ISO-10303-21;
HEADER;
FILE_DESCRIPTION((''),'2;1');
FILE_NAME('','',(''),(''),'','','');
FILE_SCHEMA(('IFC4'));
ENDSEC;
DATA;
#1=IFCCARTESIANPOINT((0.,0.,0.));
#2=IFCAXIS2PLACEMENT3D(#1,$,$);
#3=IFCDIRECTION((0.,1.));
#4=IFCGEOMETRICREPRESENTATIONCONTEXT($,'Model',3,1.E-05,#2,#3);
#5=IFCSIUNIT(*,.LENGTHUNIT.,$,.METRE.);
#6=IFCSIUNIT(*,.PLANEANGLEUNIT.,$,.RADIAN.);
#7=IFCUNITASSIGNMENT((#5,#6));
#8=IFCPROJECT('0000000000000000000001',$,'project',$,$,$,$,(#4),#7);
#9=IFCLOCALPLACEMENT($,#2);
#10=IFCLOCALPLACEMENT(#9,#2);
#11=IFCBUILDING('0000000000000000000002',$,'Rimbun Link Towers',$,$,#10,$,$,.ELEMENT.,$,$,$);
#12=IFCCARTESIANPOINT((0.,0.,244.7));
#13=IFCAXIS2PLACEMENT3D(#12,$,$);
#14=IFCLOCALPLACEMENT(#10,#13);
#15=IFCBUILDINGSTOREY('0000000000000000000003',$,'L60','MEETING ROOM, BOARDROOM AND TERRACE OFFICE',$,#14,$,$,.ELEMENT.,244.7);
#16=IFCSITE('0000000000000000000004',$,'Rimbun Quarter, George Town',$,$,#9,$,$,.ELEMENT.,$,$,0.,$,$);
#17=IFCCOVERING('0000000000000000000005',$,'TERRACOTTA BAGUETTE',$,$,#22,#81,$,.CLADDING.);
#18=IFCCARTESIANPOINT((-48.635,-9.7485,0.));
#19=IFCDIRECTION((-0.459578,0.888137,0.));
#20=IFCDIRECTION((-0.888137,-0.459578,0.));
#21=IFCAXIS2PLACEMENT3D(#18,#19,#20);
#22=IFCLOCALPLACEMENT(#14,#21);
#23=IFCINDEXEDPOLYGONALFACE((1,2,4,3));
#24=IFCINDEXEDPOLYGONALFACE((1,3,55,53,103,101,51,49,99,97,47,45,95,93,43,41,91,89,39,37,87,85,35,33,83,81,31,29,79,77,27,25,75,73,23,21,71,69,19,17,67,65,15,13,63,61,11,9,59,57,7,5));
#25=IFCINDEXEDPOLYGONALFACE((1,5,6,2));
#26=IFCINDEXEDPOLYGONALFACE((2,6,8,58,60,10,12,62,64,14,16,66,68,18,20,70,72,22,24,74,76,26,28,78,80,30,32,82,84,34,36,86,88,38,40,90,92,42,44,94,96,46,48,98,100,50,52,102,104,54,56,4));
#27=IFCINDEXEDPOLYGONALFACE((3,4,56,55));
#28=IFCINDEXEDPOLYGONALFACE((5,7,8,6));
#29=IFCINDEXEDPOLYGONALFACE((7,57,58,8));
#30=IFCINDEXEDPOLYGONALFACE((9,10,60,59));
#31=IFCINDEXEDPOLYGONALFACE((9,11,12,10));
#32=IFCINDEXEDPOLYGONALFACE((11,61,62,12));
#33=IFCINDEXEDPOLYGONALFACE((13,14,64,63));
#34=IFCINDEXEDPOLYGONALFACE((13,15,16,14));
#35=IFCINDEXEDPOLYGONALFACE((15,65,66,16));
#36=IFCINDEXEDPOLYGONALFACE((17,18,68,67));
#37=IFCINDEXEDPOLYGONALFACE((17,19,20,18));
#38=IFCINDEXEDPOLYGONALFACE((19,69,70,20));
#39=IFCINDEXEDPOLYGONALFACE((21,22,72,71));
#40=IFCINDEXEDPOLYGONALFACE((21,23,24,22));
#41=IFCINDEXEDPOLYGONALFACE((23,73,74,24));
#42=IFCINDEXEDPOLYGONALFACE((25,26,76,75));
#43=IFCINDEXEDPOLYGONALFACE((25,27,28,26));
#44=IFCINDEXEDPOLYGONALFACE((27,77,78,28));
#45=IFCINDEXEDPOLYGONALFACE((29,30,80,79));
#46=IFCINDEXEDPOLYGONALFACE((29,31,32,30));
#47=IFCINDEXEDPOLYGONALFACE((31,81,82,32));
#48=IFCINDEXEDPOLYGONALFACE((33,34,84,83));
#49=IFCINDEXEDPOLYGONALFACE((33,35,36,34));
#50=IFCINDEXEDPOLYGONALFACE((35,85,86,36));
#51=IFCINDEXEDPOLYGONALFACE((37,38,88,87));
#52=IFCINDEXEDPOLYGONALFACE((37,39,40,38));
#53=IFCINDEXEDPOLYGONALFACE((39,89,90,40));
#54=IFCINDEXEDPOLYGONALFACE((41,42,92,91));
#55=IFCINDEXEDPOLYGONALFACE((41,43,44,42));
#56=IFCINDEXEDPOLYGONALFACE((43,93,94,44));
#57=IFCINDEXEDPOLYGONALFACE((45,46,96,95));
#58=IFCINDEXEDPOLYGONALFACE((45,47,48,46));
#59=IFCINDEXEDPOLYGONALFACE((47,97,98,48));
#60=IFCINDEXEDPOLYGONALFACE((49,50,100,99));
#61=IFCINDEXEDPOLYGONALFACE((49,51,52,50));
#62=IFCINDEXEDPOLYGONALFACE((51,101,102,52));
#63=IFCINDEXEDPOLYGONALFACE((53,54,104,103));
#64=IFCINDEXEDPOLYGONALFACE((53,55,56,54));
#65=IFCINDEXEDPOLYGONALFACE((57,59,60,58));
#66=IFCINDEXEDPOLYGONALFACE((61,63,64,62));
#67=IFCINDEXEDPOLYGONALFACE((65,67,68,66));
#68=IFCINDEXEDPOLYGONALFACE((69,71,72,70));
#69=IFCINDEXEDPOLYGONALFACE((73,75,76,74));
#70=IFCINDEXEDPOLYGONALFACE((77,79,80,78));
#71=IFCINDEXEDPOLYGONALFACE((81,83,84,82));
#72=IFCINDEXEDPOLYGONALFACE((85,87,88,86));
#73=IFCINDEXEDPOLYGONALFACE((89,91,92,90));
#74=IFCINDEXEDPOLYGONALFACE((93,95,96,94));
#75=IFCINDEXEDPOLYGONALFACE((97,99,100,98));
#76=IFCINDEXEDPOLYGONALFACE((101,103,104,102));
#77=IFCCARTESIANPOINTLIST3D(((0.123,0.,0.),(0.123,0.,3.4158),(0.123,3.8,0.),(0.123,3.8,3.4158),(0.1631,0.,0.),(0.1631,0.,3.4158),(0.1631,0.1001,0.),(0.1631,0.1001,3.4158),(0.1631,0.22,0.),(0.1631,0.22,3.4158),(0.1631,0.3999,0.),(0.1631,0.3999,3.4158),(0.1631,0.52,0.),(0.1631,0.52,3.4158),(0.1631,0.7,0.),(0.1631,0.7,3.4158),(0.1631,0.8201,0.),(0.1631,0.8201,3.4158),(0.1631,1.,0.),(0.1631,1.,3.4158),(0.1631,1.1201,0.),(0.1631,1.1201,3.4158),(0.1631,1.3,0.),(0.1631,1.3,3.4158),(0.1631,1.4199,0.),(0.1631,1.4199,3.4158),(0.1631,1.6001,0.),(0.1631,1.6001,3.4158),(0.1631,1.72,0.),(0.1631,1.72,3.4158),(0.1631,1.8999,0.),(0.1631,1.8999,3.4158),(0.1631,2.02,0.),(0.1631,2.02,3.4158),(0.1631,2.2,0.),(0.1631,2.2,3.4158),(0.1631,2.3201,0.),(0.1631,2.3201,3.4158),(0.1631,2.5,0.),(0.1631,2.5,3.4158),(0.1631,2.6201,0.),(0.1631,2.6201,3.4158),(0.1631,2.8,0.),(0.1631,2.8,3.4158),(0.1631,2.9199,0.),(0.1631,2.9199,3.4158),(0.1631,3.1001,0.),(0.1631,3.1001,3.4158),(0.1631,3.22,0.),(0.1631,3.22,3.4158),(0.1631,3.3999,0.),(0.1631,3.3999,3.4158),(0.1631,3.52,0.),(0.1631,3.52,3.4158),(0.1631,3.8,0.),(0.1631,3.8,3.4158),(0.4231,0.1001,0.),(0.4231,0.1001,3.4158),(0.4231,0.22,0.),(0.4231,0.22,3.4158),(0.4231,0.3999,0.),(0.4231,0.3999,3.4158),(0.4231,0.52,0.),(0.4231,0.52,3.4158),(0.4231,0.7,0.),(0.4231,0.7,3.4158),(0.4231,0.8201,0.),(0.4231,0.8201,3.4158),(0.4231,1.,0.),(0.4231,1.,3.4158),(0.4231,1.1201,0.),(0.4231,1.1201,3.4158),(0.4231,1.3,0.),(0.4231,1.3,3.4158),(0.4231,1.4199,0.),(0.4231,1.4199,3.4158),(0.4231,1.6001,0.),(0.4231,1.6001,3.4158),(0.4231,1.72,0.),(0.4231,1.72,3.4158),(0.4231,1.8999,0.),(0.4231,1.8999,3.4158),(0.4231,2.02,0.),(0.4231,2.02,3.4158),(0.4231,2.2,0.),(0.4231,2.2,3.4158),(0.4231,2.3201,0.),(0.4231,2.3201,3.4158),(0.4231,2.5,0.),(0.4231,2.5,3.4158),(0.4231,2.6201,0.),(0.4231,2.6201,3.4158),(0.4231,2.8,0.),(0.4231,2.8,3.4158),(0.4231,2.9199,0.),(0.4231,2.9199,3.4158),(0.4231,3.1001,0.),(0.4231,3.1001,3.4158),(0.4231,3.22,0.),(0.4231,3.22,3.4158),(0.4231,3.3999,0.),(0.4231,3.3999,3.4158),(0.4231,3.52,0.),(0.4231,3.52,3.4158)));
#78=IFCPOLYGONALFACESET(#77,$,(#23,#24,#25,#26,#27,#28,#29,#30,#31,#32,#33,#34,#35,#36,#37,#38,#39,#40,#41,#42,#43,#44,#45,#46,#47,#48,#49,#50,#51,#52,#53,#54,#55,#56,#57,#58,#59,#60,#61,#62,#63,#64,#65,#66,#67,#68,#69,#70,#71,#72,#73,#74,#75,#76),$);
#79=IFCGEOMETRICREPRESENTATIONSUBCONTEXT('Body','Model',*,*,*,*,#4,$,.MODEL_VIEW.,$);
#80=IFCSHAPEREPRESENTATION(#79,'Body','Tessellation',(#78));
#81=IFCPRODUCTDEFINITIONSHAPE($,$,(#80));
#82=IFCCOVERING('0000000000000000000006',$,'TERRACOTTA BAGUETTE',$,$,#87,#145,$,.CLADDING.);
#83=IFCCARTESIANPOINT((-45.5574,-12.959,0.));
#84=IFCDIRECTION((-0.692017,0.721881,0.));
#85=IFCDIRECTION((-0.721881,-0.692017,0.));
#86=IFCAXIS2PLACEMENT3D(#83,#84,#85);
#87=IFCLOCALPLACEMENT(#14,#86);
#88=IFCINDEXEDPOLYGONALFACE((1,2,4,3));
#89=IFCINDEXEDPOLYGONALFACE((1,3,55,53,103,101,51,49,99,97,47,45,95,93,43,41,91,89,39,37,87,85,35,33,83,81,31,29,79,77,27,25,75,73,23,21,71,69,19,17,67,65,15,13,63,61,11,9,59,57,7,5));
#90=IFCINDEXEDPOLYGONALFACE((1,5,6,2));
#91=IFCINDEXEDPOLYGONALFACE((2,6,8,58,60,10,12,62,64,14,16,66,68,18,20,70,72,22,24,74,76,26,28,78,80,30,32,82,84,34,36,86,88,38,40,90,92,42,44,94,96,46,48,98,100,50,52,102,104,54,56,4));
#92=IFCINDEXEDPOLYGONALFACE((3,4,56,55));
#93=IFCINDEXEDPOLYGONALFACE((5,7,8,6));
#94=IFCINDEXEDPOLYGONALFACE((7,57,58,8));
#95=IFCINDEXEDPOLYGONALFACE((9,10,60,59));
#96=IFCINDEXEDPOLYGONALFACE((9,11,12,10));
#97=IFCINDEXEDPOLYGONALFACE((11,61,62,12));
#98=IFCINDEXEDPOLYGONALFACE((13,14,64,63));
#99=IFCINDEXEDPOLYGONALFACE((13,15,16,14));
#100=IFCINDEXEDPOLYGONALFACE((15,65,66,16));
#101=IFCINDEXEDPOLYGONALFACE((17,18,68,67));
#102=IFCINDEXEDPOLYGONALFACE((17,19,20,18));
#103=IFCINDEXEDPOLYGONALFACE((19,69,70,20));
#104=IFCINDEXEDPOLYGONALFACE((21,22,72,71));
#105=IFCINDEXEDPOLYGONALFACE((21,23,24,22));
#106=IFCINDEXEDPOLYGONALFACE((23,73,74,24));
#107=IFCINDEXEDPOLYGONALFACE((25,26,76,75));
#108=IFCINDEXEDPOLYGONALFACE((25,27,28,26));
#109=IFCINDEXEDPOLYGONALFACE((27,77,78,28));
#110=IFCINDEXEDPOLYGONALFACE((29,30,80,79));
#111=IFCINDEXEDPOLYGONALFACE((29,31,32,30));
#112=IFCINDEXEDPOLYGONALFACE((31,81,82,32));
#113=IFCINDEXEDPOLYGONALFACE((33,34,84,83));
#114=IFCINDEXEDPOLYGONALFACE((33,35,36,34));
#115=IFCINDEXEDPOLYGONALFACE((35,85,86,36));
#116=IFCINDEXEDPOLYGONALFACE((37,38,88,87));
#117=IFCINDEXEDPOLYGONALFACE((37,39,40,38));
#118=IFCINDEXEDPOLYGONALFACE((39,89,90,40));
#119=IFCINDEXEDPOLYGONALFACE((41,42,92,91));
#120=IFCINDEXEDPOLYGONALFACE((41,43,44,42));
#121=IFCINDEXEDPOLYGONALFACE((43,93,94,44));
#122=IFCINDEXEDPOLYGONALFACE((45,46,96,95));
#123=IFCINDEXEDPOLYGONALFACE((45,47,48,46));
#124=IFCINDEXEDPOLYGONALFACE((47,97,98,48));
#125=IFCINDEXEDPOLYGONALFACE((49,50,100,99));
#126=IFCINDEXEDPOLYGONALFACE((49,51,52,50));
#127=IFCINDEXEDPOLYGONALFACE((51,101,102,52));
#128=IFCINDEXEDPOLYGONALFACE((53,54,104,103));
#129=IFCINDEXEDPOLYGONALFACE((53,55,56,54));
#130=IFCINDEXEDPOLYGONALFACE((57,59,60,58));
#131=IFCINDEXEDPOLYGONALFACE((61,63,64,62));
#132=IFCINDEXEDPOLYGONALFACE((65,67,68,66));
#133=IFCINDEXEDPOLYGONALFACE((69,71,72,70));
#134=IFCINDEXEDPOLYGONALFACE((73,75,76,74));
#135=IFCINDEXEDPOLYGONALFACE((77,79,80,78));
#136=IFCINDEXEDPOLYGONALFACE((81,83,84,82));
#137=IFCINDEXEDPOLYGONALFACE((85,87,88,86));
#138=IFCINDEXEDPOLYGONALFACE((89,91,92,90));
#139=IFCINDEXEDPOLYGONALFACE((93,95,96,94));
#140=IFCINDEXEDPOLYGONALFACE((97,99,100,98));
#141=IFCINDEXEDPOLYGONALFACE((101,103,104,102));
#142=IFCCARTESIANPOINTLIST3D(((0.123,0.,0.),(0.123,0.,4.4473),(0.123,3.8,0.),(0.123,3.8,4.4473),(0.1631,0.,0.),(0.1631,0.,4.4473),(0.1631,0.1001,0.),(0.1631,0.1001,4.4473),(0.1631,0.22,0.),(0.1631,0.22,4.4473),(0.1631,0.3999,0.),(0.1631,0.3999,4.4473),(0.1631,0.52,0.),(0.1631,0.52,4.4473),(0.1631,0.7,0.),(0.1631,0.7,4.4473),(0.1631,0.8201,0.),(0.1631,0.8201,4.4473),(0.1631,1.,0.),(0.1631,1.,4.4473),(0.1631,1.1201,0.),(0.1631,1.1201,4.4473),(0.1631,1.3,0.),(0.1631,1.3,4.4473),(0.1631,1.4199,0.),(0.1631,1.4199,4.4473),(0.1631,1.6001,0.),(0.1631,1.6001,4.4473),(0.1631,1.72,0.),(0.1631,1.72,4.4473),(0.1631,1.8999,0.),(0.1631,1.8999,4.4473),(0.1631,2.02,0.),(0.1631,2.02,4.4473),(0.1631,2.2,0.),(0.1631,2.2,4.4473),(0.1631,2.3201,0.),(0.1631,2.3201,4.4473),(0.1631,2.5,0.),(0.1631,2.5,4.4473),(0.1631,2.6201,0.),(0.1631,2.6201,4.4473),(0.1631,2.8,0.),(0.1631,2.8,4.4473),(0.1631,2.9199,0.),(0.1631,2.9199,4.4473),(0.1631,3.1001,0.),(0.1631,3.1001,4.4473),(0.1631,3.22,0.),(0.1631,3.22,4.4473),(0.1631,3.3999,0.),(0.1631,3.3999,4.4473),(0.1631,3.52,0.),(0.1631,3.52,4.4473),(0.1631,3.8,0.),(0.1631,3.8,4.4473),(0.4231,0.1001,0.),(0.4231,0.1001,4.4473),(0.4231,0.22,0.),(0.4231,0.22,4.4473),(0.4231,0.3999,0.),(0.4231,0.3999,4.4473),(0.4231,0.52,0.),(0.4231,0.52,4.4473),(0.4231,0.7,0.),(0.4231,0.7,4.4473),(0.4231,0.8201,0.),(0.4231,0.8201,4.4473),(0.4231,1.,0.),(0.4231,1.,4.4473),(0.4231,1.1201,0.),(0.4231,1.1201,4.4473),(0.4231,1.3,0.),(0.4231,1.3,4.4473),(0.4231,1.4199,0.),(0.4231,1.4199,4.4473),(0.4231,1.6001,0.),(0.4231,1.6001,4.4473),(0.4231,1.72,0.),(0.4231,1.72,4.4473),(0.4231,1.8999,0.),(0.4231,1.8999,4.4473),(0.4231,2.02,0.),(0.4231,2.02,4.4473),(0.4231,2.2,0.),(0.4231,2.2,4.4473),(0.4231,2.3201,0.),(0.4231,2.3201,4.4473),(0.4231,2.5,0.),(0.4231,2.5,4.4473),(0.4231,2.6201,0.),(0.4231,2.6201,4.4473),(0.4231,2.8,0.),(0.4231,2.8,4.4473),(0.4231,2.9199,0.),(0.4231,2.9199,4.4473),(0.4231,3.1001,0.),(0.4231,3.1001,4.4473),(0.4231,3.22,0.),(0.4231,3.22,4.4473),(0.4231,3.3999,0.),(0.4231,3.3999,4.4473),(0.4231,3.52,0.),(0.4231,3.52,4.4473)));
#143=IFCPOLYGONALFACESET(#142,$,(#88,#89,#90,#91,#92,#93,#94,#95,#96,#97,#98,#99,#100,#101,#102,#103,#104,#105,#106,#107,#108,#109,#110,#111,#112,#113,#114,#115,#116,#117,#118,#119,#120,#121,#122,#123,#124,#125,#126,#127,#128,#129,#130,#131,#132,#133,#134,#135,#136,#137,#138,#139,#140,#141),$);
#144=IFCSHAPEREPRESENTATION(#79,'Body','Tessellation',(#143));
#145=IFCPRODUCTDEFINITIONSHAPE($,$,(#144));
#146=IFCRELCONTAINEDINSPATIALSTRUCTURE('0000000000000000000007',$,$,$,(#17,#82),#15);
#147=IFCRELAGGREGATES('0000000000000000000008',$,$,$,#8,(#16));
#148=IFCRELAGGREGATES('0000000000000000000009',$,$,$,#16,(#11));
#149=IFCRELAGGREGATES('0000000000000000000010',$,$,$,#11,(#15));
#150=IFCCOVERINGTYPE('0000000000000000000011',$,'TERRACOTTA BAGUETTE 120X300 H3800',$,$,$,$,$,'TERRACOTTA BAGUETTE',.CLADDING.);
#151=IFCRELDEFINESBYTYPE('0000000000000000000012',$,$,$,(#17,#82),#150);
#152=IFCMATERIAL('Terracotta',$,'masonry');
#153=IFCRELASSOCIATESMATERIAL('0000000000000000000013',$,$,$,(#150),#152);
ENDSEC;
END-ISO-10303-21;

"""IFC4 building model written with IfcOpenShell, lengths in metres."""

from ifc_helpers import new_model, si_unit, direction, frame, origin, place, context, subcontext, project, spatial, polyline, outline, extrude, material, material_profile, profile_set, type_object, element, save


model = new_model("IFC4")

# Units and contexts
model_context = context("Model", 3, precision=1e-05, world=origin(), true_north=direction((0.0, 1.0)))
body_context = subcontext(model_context, "Body", "Model", "MODEL_VIEW")
ifc_project = project(units=[si_unit("LENGTHUNIT", "METRE"), si_unit("PLANEANGLEUNIT", "RADIAN")], contexts=[model_context])

# Site, building, storey
site_placement = place(None, origin())
site = spatial("IfcSite", under=ifc_project, at=site_placement, Name="Rimbun Quarter, George Town", CompositionType="ELEMENT", RefElevation=0.0)
building_placement = place(site_placement, origin())
building = spatial("IfcBuilding", under=site, at=building_placement, Name="Rimbun Link Towers", CompositionType="ELEMENT")
storey_placement = place(building_placement, frame((0.0, 0.0, 244.7)))
storey = spatial("IfcBuildingStorey", under=building, at=storey_placement, Name="L60", Description="MEETING ROOM, BOARDROOM AND TERRACE OFFICE", CompositionType="ELEMENT", Elevation=244.7)

# Coverings
ifc_material_1 = material(Name="Terracotta", Category="masonry")
ifc_material_profile_1 = material_profile(ifc_material_1, outline(polyline([(0.123, 0.0), (0.1631, 0.0), (0.1631, 0.1001), (0.4231, 0.1001), (0.4231, 0.22), (0.1631, 0.22), (0.1631, 0.3999), (0.4231, 0.3999), (0.4231, 0.52), (0.1631, 0.52), (0.1631, 0.7), (0.4231, 0.7), (0.4231, 0.8201), (0.1631, 0.8201), (0.1631, 1.0), (0.4231, 1.0), (0.4231, 1.1201), (0.1631, 1.1201), (0.1631, 1.3), (0.4231, 1.3), (0.4231, 1.4199), (0.1631, 1.4199), (0.1631, 1.6001), (0.4231, 1.6001), (0.4231, 1.72), (0.1631, 1.72), (0.1631, 1.8999), (0.4231, 1.8999), (0.4231, 2.02), (0.1631, 2.02), (0.1631, 2.2), (0.4231, 2.2), (0.4231, 2.3201), (0.1631, 2.3201), (0.1631, 2.5), (0.4231, 2.5), (0.4231, 2.6201), (0.1631, 2.6201), (0.1631, 2.8), (0.4231, 2.8), (0.4231, 2.9199), (0.1631, 2.9199), (0.1631, 3.1001), (0.4231, 3.1001), (0.4231, 3.22), (0.1631, 3.22), (0.1631, 3.3999), (0.4231, 3.3999), (0.4231, 3.52), (0.1631, 3.52), (0.1631, 3.8), (0.123, 3.8), (0.123, 0.0)])), Name="BAGUETTE 120X300")
ifc_profile_set_1 = profile_set([ifc_material_profile_1], Name="Terracotta")
covering_type = type_object("IfcCoveringType", Name="TERRACOTTA BAGUETTE 120X300 H3800", ElementType="TERRACOTTA BAGUETTE", PredefinedType="CLADDING", material=ifc_profile_set_1)
covering_1_placement = place(storey_placement, frame((-48.635, -9.7485, 0.0), z_axis=(-0.459578, 0.888137, 0.0), x_axis=(-0.888137, -0.459578, 0.0)))
element("IfcCovering", 1, at=covering_1_placement, inside=storey, type_object=covering_type, Name="TERRACOTTA BAGUETTE", PredefinedType="CLADDING", context=body_context, shape_type="SweptSolid", body=[
    extrude(outline(polyline([(0.123, 0.0), (0.1631, 0.0), (0.1631, 0.1001), (0.4231, 0.1001), (0.4231, 0.22), (0.1631, 0.22), (0.1631, 0.3999), (0.4231, 0.3999), (0.4231, 0.52), (0.1631, 0.52), (0.1631, 0.7), (0.4231, 0.7), (0.4231, 0.8201), (0.1631, 0.8201), (0.1631, 1.0), (0.4231, 1.0), (0.4231, 1.1201), (0.1631, 1.1201), (0.1631, 1.3), (0.4231, 1.3), (0.4231, 1.4199), (0.1631, 1.4199), (0.1631, 1.6001), (0.4231, 1.6001), (0.4231, 1.72), (0.1631, 1.72), (0.1631, 1.8999), (0.4231, 1.8999), (0.4231, 2.02), (0.1631, 2.02), (0.1631, 2.2), (0.4231, 2.2), (0.4231, 2.3201), (0.1631, 2.3201), (0.1631, 2.5), (0.4231, 2.5), (0.4231, 2.6201), (0.1631, 2.6201), (0.1631, 2.8), (0.4231, 2.8), (0.4231, 2.9199), (0.1631, 2.9199), (0.1631, 3.1001), (0.4231, 3.1001), (0.4231, 3.22), (0.1631, 3.22), (0.1631, 3.3999), (0.4231, 3.3999), (0.4231, 3.52), (0.1631, 3.52), (0.1631, 3.8), (0.123, 3.8), (0.123, 0.0)])), origin(), (0.0, 0.0, 1.0), 3.4158),
])
covering_2_placement = place(storey_placement, frame((-45.5574, -12.959, 0.0), z_axis=(-0.692017, 0.721881, 0.0), x_axis=(-0.721881, -0.692017, 0.0)))
element("IfcCovering", 2, at=covering_2_placement, inside=storey, type_object=covering_type, Name="TERRACOTTA BAGUETTE", PredefinedType="CLADDING", context=body_context, shape_type="SweptSolid", body=[
    extrude(outline(polyline([(0.123, 0.0), (0.1631, 0.0), (0.1631, 0.1001), (0.4231, 0.1001), (0.4231, 0.22), (0.1631, 0.22), (0.1631, 0.3999), (0.4231, 0.3999), (0.4231, 0.52), (0.1631, 0.52), (0.1631, 0.7), (0.4231, 0.7), (0.4231, 0.8201), (0.1631, 0.8201), (0.1631, 1.0), (0.4231, 1.0), (0.4231, 1.1201), (0.1631, 1.1201), (0.1631, 1.3), (0.4231, 1.3), (0.4231, 1.4199), (0.1631, 1.4199), (0.1631, 1.6001), (0.4231, 1.6001), (0.4231, 1.72), (0.1631, 1.72), (0.1631, 1.8999), (0.4231, 1.8999), (0.4231, 2.02), (0.1631, 2.02), (0.1631, 2.2), (0.4231, 2.2), (0.4231, 2.3201), (0.1631, 2.3201), (0.1631, 2.5), (0.4231, 2.5), (0.4231, 2.6201), (0.1631, 2.6201), (0.1631, 2.8), (0.4231, 2.8), (0.4231, 2.9199), (0.1631, 2.9199), (0.1631, 3.1001), (0.4231, 3.1001), (0.4231, 3.22), (0.1631, 3.22), (0.1631, 3.3999), (0.4231, 3.3999), (0.4231, 3.52), (0.1631, 3.52), (0.1631, 3.8), (0.123, 3.8), (0.123, 0.0)])), origin(), (0.0, 0.0, 1.0), 4.4473),
])

save(model, "model.ifc")
